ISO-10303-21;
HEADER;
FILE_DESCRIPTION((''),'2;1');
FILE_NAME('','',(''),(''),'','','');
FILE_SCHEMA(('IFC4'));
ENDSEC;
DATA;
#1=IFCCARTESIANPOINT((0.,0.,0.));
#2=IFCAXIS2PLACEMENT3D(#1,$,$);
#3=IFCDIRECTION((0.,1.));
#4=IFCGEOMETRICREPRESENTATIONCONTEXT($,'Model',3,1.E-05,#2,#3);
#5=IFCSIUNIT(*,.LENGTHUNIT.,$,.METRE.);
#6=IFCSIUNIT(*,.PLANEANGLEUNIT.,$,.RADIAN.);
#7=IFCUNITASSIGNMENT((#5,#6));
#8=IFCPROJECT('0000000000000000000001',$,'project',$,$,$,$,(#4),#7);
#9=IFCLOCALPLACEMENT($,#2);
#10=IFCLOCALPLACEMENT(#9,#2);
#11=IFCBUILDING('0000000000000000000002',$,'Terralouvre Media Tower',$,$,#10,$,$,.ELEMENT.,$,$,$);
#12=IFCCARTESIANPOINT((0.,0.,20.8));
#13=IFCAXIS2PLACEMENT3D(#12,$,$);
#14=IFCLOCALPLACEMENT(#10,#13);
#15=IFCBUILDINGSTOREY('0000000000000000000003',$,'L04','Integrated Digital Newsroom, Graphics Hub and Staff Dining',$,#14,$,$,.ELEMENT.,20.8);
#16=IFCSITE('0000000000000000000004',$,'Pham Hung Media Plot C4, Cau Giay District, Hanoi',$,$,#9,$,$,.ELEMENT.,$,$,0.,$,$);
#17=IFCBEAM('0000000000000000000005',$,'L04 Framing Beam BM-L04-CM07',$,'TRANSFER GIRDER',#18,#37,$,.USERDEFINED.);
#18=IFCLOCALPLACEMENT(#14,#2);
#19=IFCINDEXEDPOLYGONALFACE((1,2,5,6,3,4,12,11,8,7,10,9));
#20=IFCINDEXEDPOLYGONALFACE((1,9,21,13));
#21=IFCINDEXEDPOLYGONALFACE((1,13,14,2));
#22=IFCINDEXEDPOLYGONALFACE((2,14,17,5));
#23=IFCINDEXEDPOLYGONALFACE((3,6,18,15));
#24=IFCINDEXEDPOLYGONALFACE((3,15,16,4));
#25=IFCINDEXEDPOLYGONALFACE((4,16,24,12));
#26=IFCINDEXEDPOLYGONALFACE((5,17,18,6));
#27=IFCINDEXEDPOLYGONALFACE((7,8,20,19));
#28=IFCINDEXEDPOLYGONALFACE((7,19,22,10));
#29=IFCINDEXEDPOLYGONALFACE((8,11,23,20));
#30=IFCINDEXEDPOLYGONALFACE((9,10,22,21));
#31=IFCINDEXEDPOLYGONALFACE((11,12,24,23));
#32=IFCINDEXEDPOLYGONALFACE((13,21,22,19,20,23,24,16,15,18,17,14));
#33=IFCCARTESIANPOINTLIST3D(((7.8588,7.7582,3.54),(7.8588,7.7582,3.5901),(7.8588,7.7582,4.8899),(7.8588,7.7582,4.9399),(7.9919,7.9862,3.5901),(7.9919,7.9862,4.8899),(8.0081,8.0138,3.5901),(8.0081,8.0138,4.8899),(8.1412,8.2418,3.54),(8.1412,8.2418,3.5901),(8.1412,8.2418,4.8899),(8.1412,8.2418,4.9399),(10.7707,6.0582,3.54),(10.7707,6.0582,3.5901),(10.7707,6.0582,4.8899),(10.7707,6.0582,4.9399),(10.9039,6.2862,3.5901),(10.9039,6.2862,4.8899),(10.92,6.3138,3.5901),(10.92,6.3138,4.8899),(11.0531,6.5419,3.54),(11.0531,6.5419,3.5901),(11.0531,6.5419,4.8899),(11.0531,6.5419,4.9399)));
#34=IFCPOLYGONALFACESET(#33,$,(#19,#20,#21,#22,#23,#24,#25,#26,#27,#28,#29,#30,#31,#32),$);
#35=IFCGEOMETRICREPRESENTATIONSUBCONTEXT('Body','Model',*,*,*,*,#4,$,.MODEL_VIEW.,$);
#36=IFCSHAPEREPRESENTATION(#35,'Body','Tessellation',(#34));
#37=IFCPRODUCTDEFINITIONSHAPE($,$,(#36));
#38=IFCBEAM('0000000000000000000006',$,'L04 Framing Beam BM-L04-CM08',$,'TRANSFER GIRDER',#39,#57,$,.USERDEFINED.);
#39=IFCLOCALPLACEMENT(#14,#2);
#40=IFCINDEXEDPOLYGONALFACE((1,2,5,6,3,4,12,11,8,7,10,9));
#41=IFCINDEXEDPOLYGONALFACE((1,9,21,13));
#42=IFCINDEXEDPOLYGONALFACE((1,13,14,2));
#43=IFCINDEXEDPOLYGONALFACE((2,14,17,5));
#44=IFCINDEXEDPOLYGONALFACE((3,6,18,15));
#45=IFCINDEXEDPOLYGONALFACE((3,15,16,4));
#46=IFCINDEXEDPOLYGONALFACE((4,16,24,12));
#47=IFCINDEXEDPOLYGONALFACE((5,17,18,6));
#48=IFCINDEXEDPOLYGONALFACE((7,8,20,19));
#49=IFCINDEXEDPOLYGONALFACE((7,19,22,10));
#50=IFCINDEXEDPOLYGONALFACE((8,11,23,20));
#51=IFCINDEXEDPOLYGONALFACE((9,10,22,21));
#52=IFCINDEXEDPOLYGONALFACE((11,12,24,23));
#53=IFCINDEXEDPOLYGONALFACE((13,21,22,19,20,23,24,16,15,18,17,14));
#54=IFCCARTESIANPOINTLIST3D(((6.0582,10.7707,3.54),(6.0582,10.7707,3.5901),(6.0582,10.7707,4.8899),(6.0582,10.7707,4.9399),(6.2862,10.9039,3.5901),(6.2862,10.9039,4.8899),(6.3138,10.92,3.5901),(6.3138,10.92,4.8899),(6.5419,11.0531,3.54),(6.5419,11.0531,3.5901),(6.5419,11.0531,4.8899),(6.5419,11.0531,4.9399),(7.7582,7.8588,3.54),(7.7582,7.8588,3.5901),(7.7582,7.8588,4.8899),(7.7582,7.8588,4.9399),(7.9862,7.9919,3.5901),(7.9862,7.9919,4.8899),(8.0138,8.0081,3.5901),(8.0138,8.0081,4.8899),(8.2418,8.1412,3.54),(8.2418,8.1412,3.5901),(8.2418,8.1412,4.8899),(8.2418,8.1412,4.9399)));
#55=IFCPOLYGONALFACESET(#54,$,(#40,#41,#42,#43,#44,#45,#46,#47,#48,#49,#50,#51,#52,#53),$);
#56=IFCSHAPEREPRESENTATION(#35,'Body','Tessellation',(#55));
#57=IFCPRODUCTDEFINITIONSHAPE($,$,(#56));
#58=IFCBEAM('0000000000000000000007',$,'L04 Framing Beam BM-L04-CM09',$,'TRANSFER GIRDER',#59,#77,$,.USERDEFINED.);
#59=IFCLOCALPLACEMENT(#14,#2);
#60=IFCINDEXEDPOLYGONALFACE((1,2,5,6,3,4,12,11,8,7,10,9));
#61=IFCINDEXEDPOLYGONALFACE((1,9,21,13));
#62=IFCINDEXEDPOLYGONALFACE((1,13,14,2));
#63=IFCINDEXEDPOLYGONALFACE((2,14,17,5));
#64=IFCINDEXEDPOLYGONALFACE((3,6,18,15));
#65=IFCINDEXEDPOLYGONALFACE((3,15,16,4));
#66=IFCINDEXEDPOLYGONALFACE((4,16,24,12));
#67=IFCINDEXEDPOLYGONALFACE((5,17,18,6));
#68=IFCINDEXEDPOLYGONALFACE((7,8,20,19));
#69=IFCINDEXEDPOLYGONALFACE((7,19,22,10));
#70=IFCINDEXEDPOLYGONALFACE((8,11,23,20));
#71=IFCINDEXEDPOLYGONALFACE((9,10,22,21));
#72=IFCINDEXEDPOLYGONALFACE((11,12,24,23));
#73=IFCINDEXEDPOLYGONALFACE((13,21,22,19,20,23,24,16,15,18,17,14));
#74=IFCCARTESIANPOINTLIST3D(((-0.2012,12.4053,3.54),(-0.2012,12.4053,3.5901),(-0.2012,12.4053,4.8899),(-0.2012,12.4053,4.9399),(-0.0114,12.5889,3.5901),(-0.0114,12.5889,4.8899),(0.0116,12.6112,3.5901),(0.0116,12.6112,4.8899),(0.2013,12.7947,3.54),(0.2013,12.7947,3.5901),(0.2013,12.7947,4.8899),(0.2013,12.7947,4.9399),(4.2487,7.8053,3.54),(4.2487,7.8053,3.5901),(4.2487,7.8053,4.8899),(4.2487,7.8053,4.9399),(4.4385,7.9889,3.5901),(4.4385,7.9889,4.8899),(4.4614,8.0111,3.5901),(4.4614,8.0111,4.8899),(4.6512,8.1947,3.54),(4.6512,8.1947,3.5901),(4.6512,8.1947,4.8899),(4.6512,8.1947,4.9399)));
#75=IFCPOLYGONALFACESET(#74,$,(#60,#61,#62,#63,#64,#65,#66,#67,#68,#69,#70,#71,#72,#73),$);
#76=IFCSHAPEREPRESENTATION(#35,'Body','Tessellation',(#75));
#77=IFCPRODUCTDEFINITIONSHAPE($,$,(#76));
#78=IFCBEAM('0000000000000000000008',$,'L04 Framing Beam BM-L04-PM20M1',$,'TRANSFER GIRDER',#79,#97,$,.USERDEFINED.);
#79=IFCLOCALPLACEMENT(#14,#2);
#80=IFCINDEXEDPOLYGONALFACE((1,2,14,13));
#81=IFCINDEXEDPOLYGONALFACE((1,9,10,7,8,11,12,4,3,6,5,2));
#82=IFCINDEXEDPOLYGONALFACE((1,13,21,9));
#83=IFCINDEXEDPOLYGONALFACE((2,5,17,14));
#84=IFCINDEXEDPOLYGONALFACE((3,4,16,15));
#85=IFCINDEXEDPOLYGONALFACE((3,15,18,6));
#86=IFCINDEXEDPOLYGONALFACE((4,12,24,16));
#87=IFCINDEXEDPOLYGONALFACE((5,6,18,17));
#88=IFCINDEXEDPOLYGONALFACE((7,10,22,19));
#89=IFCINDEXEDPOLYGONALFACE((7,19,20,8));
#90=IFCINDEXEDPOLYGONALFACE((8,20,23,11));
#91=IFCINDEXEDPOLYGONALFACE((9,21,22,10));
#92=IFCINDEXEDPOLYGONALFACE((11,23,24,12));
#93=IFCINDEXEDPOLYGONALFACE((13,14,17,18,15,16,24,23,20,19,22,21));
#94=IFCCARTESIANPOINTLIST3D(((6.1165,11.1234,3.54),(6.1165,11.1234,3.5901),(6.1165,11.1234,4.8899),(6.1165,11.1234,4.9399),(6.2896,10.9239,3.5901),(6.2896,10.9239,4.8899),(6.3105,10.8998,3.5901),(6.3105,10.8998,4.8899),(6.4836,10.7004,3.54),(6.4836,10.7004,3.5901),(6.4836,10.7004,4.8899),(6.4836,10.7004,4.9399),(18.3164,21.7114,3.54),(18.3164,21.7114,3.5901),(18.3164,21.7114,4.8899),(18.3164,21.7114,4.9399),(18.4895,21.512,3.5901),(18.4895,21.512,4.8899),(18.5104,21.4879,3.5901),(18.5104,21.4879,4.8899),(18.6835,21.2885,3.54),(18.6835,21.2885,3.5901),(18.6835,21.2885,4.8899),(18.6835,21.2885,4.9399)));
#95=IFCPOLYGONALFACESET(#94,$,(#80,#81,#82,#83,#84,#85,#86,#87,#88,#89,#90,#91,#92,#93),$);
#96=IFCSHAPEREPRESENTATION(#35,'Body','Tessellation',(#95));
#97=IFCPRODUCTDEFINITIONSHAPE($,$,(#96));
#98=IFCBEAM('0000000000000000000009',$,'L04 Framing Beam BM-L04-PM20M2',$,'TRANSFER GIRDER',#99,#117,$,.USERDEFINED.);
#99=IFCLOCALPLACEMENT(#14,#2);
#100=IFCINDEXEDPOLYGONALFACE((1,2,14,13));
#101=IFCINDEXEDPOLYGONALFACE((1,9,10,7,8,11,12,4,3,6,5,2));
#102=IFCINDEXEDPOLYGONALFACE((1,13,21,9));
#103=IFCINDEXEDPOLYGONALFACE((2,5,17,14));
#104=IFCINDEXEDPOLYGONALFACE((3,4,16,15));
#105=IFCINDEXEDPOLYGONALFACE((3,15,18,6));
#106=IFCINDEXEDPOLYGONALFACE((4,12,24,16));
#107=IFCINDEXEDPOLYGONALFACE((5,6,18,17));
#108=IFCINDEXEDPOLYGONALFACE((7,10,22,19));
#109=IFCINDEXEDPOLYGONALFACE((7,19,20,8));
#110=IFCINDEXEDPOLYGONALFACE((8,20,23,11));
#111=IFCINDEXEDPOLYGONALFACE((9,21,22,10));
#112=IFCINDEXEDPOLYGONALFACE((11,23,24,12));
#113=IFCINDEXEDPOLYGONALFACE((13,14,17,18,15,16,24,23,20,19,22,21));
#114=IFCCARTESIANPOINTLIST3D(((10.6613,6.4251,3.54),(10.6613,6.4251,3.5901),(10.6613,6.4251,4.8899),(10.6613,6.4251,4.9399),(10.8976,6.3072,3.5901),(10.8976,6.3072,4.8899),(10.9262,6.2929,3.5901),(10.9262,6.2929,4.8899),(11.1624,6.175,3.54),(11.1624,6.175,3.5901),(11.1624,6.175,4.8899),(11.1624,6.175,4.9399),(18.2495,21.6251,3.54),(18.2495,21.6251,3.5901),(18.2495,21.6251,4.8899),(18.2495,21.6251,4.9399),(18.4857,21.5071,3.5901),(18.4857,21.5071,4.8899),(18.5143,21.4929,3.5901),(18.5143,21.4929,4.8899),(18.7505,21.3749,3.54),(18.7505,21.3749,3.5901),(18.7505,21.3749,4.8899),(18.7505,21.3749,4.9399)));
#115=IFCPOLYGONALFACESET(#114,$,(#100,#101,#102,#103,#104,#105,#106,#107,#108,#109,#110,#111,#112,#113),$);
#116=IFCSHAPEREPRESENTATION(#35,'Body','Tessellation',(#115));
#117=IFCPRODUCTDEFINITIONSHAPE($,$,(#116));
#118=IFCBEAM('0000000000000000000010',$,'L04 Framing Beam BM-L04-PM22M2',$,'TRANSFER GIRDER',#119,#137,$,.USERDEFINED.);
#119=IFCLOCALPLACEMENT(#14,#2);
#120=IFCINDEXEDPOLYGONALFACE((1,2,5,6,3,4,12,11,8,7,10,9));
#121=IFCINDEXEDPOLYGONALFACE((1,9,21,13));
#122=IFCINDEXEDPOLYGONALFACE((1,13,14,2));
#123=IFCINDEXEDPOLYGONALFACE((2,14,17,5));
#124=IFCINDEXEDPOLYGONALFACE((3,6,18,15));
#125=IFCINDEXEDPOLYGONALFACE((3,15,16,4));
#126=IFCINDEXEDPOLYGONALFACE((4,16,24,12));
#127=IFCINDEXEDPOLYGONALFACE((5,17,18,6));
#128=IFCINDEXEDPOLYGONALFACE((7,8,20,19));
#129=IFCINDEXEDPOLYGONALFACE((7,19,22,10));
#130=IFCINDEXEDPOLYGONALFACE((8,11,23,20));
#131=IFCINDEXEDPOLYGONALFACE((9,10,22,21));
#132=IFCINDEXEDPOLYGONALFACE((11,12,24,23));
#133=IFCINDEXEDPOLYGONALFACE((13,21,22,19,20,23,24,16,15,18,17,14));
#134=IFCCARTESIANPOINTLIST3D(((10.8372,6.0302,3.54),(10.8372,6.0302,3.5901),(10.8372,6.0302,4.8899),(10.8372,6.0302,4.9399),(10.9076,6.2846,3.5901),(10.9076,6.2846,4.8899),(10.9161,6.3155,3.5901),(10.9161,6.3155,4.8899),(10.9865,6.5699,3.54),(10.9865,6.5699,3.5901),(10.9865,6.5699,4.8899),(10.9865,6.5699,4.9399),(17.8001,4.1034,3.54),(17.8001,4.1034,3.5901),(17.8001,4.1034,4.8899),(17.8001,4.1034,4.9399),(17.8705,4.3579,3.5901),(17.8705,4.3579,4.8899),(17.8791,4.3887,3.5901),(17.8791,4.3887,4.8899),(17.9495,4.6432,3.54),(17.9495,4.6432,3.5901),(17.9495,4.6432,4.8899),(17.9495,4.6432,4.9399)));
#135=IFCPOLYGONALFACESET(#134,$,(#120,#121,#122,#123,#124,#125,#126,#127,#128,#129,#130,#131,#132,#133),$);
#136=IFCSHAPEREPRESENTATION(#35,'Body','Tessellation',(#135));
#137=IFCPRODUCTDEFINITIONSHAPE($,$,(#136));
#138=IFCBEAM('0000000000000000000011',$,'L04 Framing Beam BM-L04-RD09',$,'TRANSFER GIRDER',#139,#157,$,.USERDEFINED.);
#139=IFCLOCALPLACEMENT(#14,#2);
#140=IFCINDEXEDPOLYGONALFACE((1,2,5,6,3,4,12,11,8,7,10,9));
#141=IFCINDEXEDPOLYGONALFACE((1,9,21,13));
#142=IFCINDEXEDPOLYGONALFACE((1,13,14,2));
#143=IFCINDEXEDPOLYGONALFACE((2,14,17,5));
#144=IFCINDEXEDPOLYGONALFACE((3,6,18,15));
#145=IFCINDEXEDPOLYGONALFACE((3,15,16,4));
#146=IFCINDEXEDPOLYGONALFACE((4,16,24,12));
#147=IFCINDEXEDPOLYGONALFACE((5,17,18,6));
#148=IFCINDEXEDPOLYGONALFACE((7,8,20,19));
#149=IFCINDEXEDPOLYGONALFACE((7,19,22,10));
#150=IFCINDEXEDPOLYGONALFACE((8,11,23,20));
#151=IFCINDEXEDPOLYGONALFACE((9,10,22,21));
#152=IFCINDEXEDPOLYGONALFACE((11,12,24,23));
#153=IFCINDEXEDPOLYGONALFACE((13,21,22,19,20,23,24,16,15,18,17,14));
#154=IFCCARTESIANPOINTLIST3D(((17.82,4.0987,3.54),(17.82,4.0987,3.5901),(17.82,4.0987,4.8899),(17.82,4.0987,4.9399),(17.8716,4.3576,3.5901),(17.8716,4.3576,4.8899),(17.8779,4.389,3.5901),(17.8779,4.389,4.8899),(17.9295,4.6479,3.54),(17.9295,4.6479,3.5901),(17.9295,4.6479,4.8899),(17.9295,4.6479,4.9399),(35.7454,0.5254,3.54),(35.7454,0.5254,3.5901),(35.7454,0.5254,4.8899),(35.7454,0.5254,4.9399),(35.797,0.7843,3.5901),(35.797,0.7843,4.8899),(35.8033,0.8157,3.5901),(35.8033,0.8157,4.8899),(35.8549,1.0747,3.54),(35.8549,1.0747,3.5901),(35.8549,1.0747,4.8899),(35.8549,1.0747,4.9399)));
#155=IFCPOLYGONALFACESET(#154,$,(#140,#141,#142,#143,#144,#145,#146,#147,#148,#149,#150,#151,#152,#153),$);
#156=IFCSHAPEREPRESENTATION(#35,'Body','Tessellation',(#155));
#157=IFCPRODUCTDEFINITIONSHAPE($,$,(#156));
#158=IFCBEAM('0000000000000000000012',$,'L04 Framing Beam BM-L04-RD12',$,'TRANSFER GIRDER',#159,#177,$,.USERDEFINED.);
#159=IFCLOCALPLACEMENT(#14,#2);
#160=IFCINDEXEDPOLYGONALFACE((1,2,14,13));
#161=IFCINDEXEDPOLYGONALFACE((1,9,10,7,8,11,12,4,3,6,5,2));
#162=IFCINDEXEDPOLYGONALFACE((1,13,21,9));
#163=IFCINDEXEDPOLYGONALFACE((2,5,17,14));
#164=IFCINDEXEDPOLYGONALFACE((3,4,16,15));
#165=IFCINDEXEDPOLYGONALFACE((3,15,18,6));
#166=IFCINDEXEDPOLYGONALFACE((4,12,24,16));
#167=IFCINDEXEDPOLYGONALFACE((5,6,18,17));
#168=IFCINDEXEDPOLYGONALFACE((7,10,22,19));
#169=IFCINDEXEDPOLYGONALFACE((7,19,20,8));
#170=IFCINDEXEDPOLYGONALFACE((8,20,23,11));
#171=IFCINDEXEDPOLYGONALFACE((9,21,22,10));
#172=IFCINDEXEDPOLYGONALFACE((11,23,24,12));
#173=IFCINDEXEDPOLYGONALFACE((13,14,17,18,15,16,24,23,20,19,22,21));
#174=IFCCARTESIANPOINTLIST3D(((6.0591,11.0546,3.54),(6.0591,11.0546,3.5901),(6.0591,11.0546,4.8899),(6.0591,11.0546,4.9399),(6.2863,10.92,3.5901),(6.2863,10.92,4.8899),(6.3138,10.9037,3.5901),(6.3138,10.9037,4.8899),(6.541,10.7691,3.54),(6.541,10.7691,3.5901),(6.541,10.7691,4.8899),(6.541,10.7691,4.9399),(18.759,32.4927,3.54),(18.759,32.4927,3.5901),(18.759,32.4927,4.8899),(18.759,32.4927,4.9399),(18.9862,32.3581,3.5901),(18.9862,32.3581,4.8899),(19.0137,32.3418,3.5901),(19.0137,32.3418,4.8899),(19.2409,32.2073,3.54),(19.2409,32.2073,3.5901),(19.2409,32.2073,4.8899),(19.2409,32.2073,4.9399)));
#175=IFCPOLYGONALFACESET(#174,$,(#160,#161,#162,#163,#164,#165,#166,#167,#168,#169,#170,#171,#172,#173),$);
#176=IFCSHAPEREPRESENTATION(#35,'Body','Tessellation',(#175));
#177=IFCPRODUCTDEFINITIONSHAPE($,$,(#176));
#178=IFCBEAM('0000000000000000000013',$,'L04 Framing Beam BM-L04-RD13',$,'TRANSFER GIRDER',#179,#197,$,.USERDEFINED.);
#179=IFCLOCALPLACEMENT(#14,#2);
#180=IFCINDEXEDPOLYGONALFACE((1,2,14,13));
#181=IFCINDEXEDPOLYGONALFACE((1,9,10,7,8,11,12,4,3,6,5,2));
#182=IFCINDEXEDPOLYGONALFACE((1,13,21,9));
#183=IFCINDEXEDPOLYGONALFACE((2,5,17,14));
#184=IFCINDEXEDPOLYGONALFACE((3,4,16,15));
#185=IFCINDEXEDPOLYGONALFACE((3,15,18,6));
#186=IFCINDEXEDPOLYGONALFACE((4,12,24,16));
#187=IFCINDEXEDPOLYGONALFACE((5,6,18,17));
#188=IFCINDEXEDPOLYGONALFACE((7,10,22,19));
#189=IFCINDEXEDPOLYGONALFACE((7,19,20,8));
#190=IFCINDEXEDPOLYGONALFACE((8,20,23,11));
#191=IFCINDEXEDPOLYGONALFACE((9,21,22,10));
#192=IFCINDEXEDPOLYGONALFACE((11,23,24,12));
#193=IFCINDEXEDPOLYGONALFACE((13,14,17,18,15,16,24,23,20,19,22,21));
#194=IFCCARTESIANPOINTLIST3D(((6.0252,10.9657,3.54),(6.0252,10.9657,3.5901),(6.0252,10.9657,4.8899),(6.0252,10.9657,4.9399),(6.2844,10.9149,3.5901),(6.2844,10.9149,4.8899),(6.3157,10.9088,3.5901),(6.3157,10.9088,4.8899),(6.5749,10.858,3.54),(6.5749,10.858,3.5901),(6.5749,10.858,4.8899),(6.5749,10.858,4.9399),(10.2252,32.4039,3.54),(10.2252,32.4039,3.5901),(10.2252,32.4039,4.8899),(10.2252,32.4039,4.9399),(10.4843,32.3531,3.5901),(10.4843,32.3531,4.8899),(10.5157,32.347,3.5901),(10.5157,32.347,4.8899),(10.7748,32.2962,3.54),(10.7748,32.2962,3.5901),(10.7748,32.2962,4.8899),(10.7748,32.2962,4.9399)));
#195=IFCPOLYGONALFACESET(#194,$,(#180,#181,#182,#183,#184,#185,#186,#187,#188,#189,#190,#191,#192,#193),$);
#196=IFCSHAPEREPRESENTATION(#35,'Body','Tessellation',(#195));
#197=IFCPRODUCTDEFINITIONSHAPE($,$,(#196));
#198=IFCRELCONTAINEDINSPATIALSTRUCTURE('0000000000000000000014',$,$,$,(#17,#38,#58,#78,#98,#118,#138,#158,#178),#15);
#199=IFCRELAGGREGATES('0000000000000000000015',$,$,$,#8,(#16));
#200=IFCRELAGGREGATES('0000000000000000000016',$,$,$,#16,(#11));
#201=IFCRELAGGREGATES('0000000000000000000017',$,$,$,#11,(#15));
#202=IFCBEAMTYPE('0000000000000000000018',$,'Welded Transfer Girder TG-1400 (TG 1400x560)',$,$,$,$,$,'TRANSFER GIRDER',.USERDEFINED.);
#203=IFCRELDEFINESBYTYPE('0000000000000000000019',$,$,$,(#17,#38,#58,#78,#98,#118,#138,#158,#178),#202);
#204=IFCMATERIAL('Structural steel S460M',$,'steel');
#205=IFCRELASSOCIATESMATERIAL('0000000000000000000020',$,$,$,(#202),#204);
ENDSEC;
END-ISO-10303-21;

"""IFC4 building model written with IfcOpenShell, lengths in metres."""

from ifc_helpers import new_model, si_unit, direction, frame, origin, origin_2d, place, context, subcontext, project, spatial, i_section, extrude, material, material_profile, profile_set, type_object, element, save


model = new_model("IFC4")

# Units and contexts
model_context = context("Model", 3, precision=1e-05, world=origin(), true_north=direction((0.0, 1.0)))
body_context = subcontext(model_context, "Body", "Model", "MODEL_VIEW")
ifc_project = project(units=[si_unit("LENGTHUNIT", "METRE"), si_unit("PLANEANGLEUNIT", "RADIAN")], contexts=[model_context])

# Site, building, storey
site_placement = place(None, origin())
site = spatial("IfcSite", under=ifc_project, at=site_placement, Name="Pham Hung Media Plot C4, Cau Giay District, Hanoi", CompositionType="ELEMENT", RefElevation=0.0)
building_placement = place(site_placement, origin())
building = spatial("IfcBuilding", under=site, at=building_placement, Name="Terralouvre Media Tower", CompositionType="ELEMENT")
storey_placement = place(building_placement, frame((0.0, 0.0, 20.8)))
storey = spatial("IfcBuildingStorey", under=building, at=storey_placement, Name="L04", Description="Integrated Digital Newsroom, Graphics Hub and Staff Dining", CompositionType="ELEMENT", Elevation=20.8)

# Beams
ifc_material_1 = material(Name="Structural steel S460M", Category="steel")
ifc_material_profile_1 = material_profile(ifc_material_1, i_section(OverallWidth=0.5601, OverallDepth=1.3999, WebThickness=0.032, FlangeThickness=0.05, at=origin_2d()), Name="TG 1400x560")
ifc_profile_set_1 = profile_set([ifc_material_profile_1], Name="Structural steel S460M")
beam_type_1 = type_object("IfcBeamType", Name="Welded Transfer Girder TG-1400 (TG 1400x560)", ElementType="TRANSFER GIRDER", PredefinedType="USERDEFINED", material=ifc_profile_set_1)
for number, where, z_axis, x_axis, name in (
    (1, (8.0, 8.0, 4.24), (0.863603, -0.504173, 0.0), (0.504173, 0.863603, 0.0), "L04 Framing Beam BM-L04-CM07"),
    (2, (8.0, 8.0, 4.24), (-0.504173, 0.863603, 0.0), (-0.863603, -0.504173, 0.0), "L04 Framing Beam BM-L04-CM08"),
):
    element("IfcBeam", number, at=place(storey_placement, frame(where, z_axis=z_axis, x_axis=x_axis)), inside=storey, type_object=beam_type_1, Name=name, ObjectType="TRANSFER GIRDER", PredefinedType="USERDEFINED", context=body_context, shape_type="SweptSolid", body=[
        extrude(i_section(OverallWidth=0.5601, OverallDepth=1.3999, WebThickness=0.032, FlangeThickness=0.05, at=origin_2d()), origin(), (0.0, 0.0, 1.0), 3.3718),
    ])
beam_1_placement = place(storey_placement, frame((4.45, 8.0, 4.24), z_axis=(-0.69528, 0.718739, 0.0), x_axis=(-0.718739, -0.69528, 0.0)))
element("IfcBeam", 3, at=beam_1_placement, inside=storey, type_object=beam_type_1, Name="L04 Framing Beam BM-L04-CM09", ObjectType="TRANSFER GIRDER", PredefinedType="USERDEFINED", context=body_context, shape_type="SweptSolid", body=[
    extrude(i_section(OverallWidth=0.5601, OverallDepth=1.3999, WebThickness=0.032, FlangeThickness=0.05, at=origin_2d()), origin(), (0.0, 0.0, 1.0), 6.4001),
])
beam_2_placement = place(storey_placement, frame((6.3, 10.9119, 4.24), z_axis=(0.755234, 0.655455, 0.0), x_axis=(-0.655455, 0.755234, 0.0)))
element("IfcBeam", 4, at=beam_2_placement, inside=storey, type_object=beam_type_1, Name="L04 Framing Beam BM-L04-PM20M1", ObjectType="TRANSFER GIRDER", PredefinedType="USERDEFINED", context=body_context, shape_type="SweptSolid", body=[
    extrude(i_section(OverallWidth=0.5601, OverallDepth=1.3999, WebThickness=0.032, FlangeThickness=0.05, at=origin_2d()), origin(), (0.0, 0.0, 1.0), 16.1538),
])
beam_3_placement = place(storey_placement, frame((10.9119, 6.3, 4.24), z_axis=(0.446656, 0.894706, 0.0), x_axis=(-0.894706, 0.446656, 0.0)))
element("IfcBeam", 5, at=beam_3_placement, inside=storey, type_object=beam_type_1, Name="L04 Framing Beam BM-L04-PM20M2", ObjectType="TRANSFER GIRDER", PredefinedType="USERDEFINED", context=body_context, shape_type="SweptSolid", body=[
    extrude(i_section(OverallWidth=0.5601, OverallDepth=1.3999, WebThickness=0.032, FlangeThickness=0.05, at=origin_2d()), origin(), (0.0, 0.0, 1.0), 16.9888),
])
beam_4_placement = place(storey_placement, frame((10.9119, 6.3, 4.24), z_axis=(0.963781, -0.266696, 0.0), x_axis=(0.266696, 0.963781, 0.0)))
element("IfcBeam", 6, at=beam_4_placement, inside=storey, type_object=beam_type_1, Name="L04 Framing Beam BM-L04-PM22M2", ObjectType="TRANSFER GIRDER", PredefinedType="USERDEFINED", context=body_context, shape_type="SweptSolid", body=[
    extrude(i_section(OverallWidth=0.5601, OverallDepth=1.3999, WebThickness=0.032, FlangeThickness=0.05, at=origin_2d()), origin(), (0.0, 0.0, 1.0), 7.2246),
])
beam_5_placement = place(storey_placement, frame((17.8748, 4.3733, 4.24), z_axis=(0.980705, -0.195494, 0.0), x_axis=(0.195494, 0.980705, 0.0)))
element("IfcBeam", 7, at=beam_5_placement, inside=storey, type_object=beam_type_1, Name="L04 Framing Beam BM-L04-RD09", ObjectType="TRANSFER GIRDER", PredefinedType="USERDEFINED", context=body_context, shape_type="SweptSolid", body=[
    extrude(i_section(OverallWidth=0.5601, OverallDepth=1.3999, WebThickness=0.032, FlangeThickness=0.05, at=origin_2d()), origin(), (0.0, 0.0, 1.0), 18.2781),
])
beam_6_placement = place(storey_placement, frame((6.3, 10.9119, 4.24), z_axis=(0.509678, 0.860365, 0.0), x_axis=(-0.860365, 0.509678, 0.0)))
element("IfcBeam", 8, at=beam_6_placement, inside=storey, type_object=beam_type_1, Name="L04 Framing Beam BM-L04-RD12", ObjectType="TRANSFER GIRDER", PredefinedType="USERDEFINED", context=body_context, shape_type="SweptSolid", body=[
    extrude(i_section(OverallWidth=0.5601, OverallDepth=1.3999, WebThickness=0.032, FlangeThickness=0.05, at=origin_2d()), origin(), (0.0, 0.0, 1.0), 24.9175),
])
beam_7_placement = place(storey_placement, frame((6.3, 10.9119, 4.24), z_axis=(0.192255, 0.981345, 0.0), x_axis=(-0.981345, 0.192255, 0.0)))
element("IfcBeam", 9, at=beam_7_placement, inside=storey, type_object=beam_type_1, Name="L04 Framing Beam BM-L04-RD13", ObjectType="TRANSFER GIRDER", PredefinedType="USERDEFINED", context=body_context, shape_type="SweptSolid", body=[
    extrude(i_section(OverallWidth=0.5601, OverallDepth=1.3999, WebThickness=0.032, FlangeThickness=0.05, at=origin_2d()), origin(), (0.0, 0.0, 1.0), 21.8457),
])

save(model, "model.ifc")
